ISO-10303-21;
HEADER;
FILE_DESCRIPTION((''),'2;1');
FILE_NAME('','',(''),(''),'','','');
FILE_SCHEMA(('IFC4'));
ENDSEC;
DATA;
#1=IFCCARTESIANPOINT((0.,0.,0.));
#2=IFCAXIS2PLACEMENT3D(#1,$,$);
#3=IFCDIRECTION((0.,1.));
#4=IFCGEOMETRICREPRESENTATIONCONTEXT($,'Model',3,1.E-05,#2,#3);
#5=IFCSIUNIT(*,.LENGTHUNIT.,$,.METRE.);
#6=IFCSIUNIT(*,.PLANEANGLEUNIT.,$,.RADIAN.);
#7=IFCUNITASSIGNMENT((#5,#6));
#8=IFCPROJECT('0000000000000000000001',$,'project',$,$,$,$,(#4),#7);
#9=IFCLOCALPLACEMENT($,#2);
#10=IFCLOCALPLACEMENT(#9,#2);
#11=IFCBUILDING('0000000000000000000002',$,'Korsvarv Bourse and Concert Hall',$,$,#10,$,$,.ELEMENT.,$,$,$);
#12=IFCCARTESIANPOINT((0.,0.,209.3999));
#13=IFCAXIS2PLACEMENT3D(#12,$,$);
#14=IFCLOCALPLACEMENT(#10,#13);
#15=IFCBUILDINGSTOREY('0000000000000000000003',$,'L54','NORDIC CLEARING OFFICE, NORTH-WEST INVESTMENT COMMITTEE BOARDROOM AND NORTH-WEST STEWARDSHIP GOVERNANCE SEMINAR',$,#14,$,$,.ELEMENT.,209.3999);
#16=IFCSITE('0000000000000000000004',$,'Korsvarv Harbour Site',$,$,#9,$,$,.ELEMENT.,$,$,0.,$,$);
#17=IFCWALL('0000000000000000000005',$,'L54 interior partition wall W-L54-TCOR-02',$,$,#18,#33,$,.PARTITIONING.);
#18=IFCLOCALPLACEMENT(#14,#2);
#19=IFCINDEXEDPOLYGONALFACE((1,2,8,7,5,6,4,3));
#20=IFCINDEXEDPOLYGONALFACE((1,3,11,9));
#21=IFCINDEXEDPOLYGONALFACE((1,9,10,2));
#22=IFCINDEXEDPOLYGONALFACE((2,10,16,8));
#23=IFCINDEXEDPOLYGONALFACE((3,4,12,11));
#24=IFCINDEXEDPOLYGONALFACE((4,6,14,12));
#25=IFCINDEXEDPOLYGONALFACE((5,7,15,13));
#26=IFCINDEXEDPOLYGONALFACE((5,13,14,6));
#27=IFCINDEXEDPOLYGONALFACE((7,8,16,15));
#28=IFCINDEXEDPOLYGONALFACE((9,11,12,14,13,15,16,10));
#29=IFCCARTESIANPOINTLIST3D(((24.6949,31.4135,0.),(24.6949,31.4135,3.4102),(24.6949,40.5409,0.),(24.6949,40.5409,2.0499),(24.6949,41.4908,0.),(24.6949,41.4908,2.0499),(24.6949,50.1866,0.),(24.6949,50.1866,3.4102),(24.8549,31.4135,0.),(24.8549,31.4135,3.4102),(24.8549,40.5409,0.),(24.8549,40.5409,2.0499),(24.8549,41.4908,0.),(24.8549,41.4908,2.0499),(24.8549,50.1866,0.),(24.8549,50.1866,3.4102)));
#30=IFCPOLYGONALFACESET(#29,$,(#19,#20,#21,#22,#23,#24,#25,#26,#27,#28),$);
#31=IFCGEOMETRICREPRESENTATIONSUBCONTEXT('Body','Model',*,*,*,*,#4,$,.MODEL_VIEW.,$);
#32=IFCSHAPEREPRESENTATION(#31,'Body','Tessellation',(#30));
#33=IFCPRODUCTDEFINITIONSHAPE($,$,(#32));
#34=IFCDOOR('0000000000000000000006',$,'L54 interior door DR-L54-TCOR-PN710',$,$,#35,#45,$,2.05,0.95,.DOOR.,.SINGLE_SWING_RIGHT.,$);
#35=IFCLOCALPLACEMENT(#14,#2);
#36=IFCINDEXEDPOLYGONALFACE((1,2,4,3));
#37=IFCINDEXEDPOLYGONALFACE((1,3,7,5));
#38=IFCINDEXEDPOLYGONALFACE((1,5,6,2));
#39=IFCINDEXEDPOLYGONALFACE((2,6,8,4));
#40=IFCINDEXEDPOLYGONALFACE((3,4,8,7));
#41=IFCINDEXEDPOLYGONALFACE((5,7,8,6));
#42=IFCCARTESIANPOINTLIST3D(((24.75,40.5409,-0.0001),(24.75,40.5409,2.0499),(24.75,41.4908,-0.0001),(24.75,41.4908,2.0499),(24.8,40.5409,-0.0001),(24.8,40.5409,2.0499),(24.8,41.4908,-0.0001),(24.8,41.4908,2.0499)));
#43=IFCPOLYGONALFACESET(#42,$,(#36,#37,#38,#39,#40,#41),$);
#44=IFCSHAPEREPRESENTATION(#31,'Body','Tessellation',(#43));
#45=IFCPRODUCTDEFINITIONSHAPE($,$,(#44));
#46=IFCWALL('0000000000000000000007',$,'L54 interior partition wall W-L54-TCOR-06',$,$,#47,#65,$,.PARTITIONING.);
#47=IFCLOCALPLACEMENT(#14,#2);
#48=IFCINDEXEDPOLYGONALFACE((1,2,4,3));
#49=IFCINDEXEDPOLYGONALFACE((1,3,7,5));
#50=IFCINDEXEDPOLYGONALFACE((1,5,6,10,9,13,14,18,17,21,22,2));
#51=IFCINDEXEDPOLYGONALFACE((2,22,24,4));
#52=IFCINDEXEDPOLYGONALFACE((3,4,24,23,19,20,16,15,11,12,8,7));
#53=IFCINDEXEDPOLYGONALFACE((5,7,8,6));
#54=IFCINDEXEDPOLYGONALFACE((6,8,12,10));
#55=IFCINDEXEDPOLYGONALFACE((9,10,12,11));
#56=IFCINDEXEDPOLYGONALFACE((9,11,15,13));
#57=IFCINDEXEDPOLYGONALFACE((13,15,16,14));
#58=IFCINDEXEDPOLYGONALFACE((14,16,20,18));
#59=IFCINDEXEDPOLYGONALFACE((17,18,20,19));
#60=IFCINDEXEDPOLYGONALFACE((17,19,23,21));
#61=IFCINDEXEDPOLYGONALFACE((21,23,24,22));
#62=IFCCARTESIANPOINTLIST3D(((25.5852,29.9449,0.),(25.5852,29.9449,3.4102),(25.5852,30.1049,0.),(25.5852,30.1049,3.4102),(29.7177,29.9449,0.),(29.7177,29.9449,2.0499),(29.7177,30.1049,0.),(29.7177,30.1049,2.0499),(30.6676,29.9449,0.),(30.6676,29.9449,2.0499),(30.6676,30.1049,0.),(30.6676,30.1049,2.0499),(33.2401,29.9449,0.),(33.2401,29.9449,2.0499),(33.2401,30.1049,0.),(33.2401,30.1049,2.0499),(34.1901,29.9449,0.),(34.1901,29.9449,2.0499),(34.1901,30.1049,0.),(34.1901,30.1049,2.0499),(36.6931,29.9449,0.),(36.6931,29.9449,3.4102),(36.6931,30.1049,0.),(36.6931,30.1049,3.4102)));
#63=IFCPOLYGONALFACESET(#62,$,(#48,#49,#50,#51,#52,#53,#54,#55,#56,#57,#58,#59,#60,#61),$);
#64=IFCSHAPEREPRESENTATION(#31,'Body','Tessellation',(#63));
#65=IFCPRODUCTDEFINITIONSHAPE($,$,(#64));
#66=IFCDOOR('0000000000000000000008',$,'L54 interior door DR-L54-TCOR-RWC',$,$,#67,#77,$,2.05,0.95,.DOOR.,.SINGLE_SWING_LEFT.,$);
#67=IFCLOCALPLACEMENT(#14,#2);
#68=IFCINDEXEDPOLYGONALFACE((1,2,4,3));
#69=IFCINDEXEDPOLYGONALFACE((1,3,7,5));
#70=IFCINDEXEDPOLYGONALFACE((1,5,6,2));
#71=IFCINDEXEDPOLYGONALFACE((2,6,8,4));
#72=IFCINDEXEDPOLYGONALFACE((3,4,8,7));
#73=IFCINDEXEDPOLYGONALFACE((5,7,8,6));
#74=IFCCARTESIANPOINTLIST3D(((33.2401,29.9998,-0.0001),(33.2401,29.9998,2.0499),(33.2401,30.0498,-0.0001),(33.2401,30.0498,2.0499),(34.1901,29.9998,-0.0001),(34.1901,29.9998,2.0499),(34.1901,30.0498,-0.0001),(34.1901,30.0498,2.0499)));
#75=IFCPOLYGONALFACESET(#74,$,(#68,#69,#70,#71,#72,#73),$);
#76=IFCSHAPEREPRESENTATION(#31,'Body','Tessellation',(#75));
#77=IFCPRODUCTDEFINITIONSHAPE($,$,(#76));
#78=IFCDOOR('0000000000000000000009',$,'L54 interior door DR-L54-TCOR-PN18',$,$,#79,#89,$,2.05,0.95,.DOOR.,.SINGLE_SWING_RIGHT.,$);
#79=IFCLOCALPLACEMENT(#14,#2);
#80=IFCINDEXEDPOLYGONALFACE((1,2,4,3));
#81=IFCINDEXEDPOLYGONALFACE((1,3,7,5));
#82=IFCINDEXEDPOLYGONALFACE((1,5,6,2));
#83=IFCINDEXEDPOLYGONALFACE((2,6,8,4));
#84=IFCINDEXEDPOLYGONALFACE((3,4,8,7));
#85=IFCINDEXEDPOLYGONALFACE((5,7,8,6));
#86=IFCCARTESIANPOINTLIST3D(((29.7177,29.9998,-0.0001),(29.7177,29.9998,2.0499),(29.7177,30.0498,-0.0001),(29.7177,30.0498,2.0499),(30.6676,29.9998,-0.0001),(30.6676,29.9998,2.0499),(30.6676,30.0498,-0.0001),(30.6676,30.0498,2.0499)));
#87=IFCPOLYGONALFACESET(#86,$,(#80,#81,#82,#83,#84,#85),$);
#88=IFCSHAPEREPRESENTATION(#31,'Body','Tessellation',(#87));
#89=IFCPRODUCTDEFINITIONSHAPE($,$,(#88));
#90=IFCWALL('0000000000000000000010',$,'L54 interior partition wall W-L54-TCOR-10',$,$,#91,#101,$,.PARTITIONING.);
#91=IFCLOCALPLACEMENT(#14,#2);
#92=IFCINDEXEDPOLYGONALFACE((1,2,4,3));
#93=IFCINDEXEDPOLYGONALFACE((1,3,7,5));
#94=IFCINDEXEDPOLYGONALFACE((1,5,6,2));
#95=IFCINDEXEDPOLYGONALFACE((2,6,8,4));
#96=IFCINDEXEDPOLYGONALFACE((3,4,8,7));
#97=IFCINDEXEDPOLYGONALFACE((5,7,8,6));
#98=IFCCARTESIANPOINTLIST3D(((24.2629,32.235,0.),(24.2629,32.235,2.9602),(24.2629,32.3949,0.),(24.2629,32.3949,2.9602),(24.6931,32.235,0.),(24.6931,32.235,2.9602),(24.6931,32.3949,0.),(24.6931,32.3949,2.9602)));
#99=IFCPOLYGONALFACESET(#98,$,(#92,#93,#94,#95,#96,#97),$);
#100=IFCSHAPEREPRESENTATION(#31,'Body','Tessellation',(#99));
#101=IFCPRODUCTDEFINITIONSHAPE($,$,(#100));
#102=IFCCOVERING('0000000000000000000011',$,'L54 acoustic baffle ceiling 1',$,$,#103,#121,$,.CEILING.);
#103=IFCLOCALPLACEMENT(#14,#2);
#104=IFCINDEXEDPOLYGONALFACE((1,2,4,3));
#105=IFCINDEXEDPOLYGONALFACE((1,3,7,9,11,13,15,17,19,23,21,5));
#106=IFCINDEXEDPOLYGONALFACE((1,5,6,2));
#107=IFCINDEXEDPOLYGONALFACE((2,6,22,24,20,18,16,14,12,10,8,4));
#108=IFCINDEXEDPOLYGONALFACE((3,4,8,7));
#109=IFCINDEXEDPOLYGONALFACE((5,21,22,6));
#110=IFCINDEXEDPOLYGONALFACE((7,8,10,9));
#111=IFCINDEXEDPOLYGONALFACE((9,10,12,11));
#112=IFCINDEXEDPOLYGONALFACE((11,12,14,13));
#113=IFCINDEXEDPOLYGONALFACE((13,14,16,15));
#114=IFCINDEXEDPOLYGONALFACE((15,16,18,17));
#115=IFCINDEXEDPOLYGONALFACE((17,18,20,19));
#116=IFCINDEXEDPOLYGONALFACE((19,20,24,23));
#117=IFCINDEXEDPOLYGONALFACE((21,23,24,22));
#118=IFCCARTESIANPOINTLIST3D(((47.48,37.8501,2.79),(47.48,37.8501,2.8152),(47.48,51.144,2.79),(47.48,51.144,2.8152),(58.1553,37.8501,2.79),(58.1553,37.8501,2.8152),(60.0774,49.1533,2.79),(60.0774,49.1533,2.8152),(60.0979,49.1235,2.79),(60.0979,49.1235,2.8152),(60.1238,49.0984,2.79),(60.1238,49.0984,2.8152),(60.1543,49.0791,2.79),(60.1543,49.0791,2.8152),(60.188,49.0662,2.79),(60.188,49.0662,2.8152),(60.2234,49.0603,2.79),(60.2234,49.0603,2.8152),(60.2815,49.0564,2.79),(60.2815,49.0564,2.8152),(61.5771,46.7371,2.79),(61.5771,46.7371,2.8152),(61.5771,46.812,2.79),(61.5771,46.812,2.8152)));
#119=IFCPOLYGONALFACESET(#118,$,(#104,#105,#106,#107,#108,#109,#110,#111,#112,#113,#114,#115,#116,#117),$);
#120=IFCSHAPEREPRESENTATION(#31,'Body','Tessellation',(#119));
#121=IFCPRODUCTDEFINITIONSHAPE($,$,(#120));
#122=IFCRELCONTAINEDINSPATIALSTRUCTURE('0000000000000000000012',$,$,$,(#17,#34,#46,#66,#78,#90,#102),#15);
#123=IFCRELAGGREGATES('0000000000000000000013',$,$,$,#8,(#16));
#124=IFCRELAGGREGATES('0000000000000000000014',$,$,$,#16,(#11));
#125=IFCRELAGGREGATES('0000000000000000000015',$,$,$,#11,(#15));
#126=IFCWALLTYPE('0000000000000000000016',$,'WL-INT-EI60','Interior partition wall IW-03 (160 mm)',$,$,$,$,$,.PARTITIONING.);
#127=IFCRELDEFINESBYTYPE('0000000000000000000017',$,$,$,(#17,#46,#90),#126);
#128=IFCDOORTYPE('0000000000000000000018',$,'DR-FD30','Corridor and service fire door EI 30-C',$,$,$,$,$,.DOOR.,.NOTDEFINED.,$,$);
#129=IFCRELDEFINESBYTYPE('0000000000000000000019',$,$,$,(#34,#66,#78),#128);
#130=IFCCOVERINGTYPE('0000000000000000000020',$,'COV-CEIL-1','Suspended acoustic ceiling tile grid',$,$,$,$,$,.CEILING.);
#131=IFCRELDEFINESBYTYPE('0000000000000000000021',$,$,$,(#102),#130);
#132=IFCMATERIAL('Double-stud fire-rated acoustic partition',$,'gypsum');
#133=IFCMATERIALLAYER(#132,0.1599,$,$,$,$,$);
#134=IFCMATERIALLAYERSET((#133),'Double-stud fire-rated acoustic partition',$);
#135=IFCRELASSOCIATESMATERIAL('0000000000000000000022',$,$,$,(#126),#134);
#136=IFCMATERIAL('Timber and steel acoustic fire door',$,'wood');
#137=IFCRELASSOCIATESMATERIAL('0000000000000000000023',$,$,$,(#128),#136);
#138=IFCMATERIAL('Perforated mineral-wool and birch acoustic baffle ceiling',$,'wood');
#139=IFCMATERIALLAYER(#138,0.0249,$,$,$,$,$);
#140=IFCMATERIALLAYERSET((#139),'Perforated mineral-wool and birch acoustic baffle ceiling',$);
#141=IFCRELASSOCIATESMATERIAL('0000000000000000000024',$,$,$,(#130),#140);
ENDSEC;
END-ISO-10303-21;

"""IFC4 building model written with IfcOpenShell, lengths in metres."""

from ifc_helpers import new_model, si_unit, direction, frame, frame_2d, origin, place, context, subcontext, project, spatial, polyline, rectangle, outline, extrude, material, layer, layer_set, type_object, element, fill, save


model = new_model("IFC4")

# Units and contexts
model_context = context("Model", 3, precision=1e-05, world=origin(), true_north=direction((0.0, 1.0)))
body_context = subcontext(model_context, "Body", "Model", "MODEL_VIEW")
ifc_project = project(units=[si_unit("LENGTHUNIT", "METRE"), si_unit("PLANEANGLEUNIT", "RADIAN")], contexts=[model_context])

# Site, building, storey
site_placement = place(None, origin())
site = spatial("IfcSite", under=ifc_project, at=site_placement, Name="Korsvarv Harbour Site", CompositionType="ELEMENT", RefElevation=0.0)
building_placement = place(site_placement, origin())
building = spatial("IfcBuilding", under=site, at=building_placement, Name="Korsvarv Bourse and Concert Hall", CompositionType="ELEMENT")
storey_placement = place(building_placement, frame((0.0, 0.0, 209.3999)))
storey = spatial("IfcBuildingStorey", under=building, at=storey_placement, Name="L54", Description="NORDIC CLEARING OFFICE, NORTH-WEST INVESTMENT COMMITTEE BOARDROOM AND NORTH-WEST STEWARDSHIP GOVERNANCE SEMINAR", CompositionType="ELEMENT", Elevation=209.3999)

# Wall, opening, door
ifc_material_1 = material(Name="Double-stud fire-rated acoustic partition", Category="gypsum")
ifc_layer_1 = layer(ifc_material_1, 0.1599)
ifc_layer_set_1 = layer_set([ifc_layer_1], Name="Double-stud fire-rated acoustic partition")
wall_type = type_object("IfcWallType", Name="WL-INT-EI60", Description="Interior partition wall IW-03 (160 mm)", PredefinedType="PARTITIONING", material=ifc_layer_set_1)
wall_1_placement = place(storey_placement, frame((24.7749, 31.4133, 0.0), z_axis=(0.0, 0.0, 1.0), x_axis=(0.0, 1.0, 0.0)))
wall_1 = element("IfcWall", 1, at=wall_1_placement, inside=storey, type_object=wall_type, Name="L54 interior partition wall W-L54-TCOR-02", PredefinedType="PARTITIONING", context=body_context, shape_type="SweptSolid", body=[
    extrude(rectangle(XDim=18.7732, YDim=0.1599, at=frame_2d((9.3867, 0.0))), origin(), (0.0, 0.0, 1.0), 3.4102),
])
opening_1_placement = place(wall_1_placement, frame((9.1274, 0.0, 0.0)))
opening_1 = element("IfcOpeningElement", 2, at=opening_1_placement, cuts=wall_1, PredefinedType="OPENING", context=body_context, shape_type="SweptSolid", body=[
    extrude(rectangle(XDim=0.95, YDim=2.05, at=frame_2d((0.4751, 1.0249))), frame((0.0, 0.0898, 0.0), z_axis=(0.0, -1.0, 0.0), x_axis=(1.0, 0.0, 0.0)), (0.0, 0.0, 1.0), 0.1799),
])
ifc_material_2 = material(Name="Timber and steel acoustic fire door", Category="wood")
door_type = type_object("IfcDoorType", Name="DR-FD30", Description="Corridor and service fire door EI 30-C", OperationType="NOTDEFINED", PredefinedType="DOOR", material=ifc_material_2)
door_1_placement = place(opening_1_placement, origin())
door_1 = element("IfcDoor", 3, at=door_1_placement, inside=storey, type_object=door_type, Name="L54 interior door DR-L54-TCOR-PN710", OperationType="SINGLE_SWING_RIGHT", OverallHeight=2.05, OverallWidth=0.95, PredefinedType="DOOR", context=body_context, shape_type="SweptSolid", body=[
    extrude(rectangle(XDim=0.95, YDim=2.05, at=frame_2d((0.4751, 1.0249))), frame((0.0, 0.0249, 0.0), z_axis=(0.0, -1.0, 0.0), x_axis=(1.0, 0.0, 0.0)), (0.0, 0.0, 1.0), 0.05),
])
fill(opening_1, door_1)

# Wall, openings, doors
wall_2_placement = place(storey_placement, frame((25.5852, 30.0249, 0.0), z_axis=(0.0, 0.0, 1.0), x_axis=(1.0, 0.0, 0.0)))
wall_2 = element("IfcWall", 4, at=wall_2_placement, inside=storey, type_object=wall_type, Name="L54 interior partition wall W-L54-TCOR-06", PredefinedType="PARTITIONING", context=body_context, shape_type="SweptSolid", body=[
    extrude(rectangle(XDim=11.1079, YDim=0.1599, at=frame_2d((5.554, 0.0))), origin(), (0.0, 0.0, 1.0), 3.4102),
])
opening_2_placement = place(wall_2_placement, frame((7.6548, 0.0, 0.0)))
opening_2 = element("IfcOpeningElement", 5, at=opening_2_placement, cuts=wall_2, PredefinedType="OPENING", context=body_context, shape_type="SweptSolid", body=[
    extrude(rectangle(XDim=0.95, YDim=2.05, at=frame_2d((0.4751, 1.0249))), frame((0.0, 0.0898, 0.0), z_axis=(0.0, -1.0, 0.0), x_axis=(1.0, 0.0, 0.0)), (0.0, 0.0, 1.0), 0.1799),
])
opening_3_placement = place(wall_2_placement, frame((4.1323, 0.0, 0.0)))
opening_3 = element("IfcOpeningElement", 6, at=opening_3_placement, cuts=wall_2, PredefinedType="OPENING", context=body_context, shape_type="SweptSolid", body=[
    extrude(rectangle(XDim=0.95, YDim=2.05, at=frame_2d((0.4751, 1.0249))), frame((0.0, 0.0898, 0.0), z_axis=(0.0, -1.0, 0.0), x_axis=(1.0, 0.0, 0.0)), (0.0, 0.0, 1.0), 0.1799),
])
door_2_placement = place(opening_2_placement, origin())
door_2 = element("IfcDoor", 7, at=door_2_placement, inside=storey, type_object=door_type, Name="L54 interior door DR-L54-TCOR-RWC", OperationType="SINGLE_SWING_LEFT", OverallHeight=2.05, OverallWidth=0.95, PredefinedType="DOOR", context=body_context, shape_type="SweptSolid", body=[
    extrude(rectangle(XDim=0.95, YDim=2.05, at=frame_2d((0.4751, 1.0249))), frame((0.0, 0.0249, 0.0), z_axis=(0.0, -1.0, 0.0), x_axis=(1.0, 0.0, 0.0)), (0.0, 0.0, 1.0), 0.05),
])
fill(opening_2, door_2)
door_3_placement = place(opening_3_placement, origin())
door_3 = element("IfcDoor", 8, at=door_3_placement, inside=storey, type_object=door_type, Name="L54 interior door DR-L54-TCOR-PN18", OperationType="SINGLE_SWING_RIGHT", OverallHeight=2.05, OverallWidth=0.95, PredefinedType="DOOR", context=body_context, shape_type="SweptSolid", body=[
    extrude(rectangle(XDim=0.95, YDim=2.05, at=frame_2d((0.4751, 1.0249))), frame((0.0, 0.0249, 0.0), z_axis=(0.0, -1.0, 0.0), x_axis=(1.0, 0.0, 0.0)), (0.0, 0.0, 1.0), 0.05),
])
fill(opening_3, door_3)

# Wall
wall_3_placement = place(storey_placement, frame((24.2629, 32.3149, 0.0), z_axis=(0.0, 0.0, 1.0), x_axis=(1.0, 0.0, 0.0)))
element("IfcWall", 9, at=wall_3_placement, inside=storey, type_object=wall_type, Name="L54 interior partition wall W-L54-TCOR-10", PredefinedType="PARTITIONING", context=body_context, shape_type="SweptSolid", body=[
    extrude(rectangle(XDim=0.4302, YDim=0.1599, at=frame_2d((0.2151, 0.0))), origin(), (0.0, 0.0, 1.0), 2.9602),
])

# Covering
ifc_material_3 = material(Name="Perforated mineral-wool and birch acoustic baffle ceiling", Category="wood")
ifc_layer_2 = layer(ifc_material_3, 0.0249)
ifc_layer_set_2 = layer_set([ifc_layer_2], Name="Perforated mineral-wool and birch acoustic baffle ceiling")
covering_type_1 = type_object("IfcCoveringType", Name="COV-CEIL-1", Description="Suspended acoustic ceiling tile grid", PredefinedType="CEILING", material=ifc_layer_set_2)
covering_1_placement = place(storey_placement, frame((0.0, 0.0, 2.79)))
element("IfcCovering", 10, at=covering_1_placement, inside=storey, type_object=covering_type_1, Name="L54 acoustic baffle ceiling 1", PredefinedType="CEILING", context=body_context, shape_type="SweptSolid", body=[
    extrude(outline(polyline([(60.0774, 49.1533), (60.0979, 49.1235), (60.1238, 49.0984), (60.1543, 49.0791), (60.188, 49.0662), (60.2234, 49.0603), (60.2815, 49.0564), (61.5771, 46.812), (61.5771, 46.7371), (58.1553, 37.8501), (47.48, 37.8501), (47.48, 51.144), (60.0774, 49.1533)])), origin(), (0.0, 0.0, 1.0), 0.0251),
])

save(model, "model.ifc")
